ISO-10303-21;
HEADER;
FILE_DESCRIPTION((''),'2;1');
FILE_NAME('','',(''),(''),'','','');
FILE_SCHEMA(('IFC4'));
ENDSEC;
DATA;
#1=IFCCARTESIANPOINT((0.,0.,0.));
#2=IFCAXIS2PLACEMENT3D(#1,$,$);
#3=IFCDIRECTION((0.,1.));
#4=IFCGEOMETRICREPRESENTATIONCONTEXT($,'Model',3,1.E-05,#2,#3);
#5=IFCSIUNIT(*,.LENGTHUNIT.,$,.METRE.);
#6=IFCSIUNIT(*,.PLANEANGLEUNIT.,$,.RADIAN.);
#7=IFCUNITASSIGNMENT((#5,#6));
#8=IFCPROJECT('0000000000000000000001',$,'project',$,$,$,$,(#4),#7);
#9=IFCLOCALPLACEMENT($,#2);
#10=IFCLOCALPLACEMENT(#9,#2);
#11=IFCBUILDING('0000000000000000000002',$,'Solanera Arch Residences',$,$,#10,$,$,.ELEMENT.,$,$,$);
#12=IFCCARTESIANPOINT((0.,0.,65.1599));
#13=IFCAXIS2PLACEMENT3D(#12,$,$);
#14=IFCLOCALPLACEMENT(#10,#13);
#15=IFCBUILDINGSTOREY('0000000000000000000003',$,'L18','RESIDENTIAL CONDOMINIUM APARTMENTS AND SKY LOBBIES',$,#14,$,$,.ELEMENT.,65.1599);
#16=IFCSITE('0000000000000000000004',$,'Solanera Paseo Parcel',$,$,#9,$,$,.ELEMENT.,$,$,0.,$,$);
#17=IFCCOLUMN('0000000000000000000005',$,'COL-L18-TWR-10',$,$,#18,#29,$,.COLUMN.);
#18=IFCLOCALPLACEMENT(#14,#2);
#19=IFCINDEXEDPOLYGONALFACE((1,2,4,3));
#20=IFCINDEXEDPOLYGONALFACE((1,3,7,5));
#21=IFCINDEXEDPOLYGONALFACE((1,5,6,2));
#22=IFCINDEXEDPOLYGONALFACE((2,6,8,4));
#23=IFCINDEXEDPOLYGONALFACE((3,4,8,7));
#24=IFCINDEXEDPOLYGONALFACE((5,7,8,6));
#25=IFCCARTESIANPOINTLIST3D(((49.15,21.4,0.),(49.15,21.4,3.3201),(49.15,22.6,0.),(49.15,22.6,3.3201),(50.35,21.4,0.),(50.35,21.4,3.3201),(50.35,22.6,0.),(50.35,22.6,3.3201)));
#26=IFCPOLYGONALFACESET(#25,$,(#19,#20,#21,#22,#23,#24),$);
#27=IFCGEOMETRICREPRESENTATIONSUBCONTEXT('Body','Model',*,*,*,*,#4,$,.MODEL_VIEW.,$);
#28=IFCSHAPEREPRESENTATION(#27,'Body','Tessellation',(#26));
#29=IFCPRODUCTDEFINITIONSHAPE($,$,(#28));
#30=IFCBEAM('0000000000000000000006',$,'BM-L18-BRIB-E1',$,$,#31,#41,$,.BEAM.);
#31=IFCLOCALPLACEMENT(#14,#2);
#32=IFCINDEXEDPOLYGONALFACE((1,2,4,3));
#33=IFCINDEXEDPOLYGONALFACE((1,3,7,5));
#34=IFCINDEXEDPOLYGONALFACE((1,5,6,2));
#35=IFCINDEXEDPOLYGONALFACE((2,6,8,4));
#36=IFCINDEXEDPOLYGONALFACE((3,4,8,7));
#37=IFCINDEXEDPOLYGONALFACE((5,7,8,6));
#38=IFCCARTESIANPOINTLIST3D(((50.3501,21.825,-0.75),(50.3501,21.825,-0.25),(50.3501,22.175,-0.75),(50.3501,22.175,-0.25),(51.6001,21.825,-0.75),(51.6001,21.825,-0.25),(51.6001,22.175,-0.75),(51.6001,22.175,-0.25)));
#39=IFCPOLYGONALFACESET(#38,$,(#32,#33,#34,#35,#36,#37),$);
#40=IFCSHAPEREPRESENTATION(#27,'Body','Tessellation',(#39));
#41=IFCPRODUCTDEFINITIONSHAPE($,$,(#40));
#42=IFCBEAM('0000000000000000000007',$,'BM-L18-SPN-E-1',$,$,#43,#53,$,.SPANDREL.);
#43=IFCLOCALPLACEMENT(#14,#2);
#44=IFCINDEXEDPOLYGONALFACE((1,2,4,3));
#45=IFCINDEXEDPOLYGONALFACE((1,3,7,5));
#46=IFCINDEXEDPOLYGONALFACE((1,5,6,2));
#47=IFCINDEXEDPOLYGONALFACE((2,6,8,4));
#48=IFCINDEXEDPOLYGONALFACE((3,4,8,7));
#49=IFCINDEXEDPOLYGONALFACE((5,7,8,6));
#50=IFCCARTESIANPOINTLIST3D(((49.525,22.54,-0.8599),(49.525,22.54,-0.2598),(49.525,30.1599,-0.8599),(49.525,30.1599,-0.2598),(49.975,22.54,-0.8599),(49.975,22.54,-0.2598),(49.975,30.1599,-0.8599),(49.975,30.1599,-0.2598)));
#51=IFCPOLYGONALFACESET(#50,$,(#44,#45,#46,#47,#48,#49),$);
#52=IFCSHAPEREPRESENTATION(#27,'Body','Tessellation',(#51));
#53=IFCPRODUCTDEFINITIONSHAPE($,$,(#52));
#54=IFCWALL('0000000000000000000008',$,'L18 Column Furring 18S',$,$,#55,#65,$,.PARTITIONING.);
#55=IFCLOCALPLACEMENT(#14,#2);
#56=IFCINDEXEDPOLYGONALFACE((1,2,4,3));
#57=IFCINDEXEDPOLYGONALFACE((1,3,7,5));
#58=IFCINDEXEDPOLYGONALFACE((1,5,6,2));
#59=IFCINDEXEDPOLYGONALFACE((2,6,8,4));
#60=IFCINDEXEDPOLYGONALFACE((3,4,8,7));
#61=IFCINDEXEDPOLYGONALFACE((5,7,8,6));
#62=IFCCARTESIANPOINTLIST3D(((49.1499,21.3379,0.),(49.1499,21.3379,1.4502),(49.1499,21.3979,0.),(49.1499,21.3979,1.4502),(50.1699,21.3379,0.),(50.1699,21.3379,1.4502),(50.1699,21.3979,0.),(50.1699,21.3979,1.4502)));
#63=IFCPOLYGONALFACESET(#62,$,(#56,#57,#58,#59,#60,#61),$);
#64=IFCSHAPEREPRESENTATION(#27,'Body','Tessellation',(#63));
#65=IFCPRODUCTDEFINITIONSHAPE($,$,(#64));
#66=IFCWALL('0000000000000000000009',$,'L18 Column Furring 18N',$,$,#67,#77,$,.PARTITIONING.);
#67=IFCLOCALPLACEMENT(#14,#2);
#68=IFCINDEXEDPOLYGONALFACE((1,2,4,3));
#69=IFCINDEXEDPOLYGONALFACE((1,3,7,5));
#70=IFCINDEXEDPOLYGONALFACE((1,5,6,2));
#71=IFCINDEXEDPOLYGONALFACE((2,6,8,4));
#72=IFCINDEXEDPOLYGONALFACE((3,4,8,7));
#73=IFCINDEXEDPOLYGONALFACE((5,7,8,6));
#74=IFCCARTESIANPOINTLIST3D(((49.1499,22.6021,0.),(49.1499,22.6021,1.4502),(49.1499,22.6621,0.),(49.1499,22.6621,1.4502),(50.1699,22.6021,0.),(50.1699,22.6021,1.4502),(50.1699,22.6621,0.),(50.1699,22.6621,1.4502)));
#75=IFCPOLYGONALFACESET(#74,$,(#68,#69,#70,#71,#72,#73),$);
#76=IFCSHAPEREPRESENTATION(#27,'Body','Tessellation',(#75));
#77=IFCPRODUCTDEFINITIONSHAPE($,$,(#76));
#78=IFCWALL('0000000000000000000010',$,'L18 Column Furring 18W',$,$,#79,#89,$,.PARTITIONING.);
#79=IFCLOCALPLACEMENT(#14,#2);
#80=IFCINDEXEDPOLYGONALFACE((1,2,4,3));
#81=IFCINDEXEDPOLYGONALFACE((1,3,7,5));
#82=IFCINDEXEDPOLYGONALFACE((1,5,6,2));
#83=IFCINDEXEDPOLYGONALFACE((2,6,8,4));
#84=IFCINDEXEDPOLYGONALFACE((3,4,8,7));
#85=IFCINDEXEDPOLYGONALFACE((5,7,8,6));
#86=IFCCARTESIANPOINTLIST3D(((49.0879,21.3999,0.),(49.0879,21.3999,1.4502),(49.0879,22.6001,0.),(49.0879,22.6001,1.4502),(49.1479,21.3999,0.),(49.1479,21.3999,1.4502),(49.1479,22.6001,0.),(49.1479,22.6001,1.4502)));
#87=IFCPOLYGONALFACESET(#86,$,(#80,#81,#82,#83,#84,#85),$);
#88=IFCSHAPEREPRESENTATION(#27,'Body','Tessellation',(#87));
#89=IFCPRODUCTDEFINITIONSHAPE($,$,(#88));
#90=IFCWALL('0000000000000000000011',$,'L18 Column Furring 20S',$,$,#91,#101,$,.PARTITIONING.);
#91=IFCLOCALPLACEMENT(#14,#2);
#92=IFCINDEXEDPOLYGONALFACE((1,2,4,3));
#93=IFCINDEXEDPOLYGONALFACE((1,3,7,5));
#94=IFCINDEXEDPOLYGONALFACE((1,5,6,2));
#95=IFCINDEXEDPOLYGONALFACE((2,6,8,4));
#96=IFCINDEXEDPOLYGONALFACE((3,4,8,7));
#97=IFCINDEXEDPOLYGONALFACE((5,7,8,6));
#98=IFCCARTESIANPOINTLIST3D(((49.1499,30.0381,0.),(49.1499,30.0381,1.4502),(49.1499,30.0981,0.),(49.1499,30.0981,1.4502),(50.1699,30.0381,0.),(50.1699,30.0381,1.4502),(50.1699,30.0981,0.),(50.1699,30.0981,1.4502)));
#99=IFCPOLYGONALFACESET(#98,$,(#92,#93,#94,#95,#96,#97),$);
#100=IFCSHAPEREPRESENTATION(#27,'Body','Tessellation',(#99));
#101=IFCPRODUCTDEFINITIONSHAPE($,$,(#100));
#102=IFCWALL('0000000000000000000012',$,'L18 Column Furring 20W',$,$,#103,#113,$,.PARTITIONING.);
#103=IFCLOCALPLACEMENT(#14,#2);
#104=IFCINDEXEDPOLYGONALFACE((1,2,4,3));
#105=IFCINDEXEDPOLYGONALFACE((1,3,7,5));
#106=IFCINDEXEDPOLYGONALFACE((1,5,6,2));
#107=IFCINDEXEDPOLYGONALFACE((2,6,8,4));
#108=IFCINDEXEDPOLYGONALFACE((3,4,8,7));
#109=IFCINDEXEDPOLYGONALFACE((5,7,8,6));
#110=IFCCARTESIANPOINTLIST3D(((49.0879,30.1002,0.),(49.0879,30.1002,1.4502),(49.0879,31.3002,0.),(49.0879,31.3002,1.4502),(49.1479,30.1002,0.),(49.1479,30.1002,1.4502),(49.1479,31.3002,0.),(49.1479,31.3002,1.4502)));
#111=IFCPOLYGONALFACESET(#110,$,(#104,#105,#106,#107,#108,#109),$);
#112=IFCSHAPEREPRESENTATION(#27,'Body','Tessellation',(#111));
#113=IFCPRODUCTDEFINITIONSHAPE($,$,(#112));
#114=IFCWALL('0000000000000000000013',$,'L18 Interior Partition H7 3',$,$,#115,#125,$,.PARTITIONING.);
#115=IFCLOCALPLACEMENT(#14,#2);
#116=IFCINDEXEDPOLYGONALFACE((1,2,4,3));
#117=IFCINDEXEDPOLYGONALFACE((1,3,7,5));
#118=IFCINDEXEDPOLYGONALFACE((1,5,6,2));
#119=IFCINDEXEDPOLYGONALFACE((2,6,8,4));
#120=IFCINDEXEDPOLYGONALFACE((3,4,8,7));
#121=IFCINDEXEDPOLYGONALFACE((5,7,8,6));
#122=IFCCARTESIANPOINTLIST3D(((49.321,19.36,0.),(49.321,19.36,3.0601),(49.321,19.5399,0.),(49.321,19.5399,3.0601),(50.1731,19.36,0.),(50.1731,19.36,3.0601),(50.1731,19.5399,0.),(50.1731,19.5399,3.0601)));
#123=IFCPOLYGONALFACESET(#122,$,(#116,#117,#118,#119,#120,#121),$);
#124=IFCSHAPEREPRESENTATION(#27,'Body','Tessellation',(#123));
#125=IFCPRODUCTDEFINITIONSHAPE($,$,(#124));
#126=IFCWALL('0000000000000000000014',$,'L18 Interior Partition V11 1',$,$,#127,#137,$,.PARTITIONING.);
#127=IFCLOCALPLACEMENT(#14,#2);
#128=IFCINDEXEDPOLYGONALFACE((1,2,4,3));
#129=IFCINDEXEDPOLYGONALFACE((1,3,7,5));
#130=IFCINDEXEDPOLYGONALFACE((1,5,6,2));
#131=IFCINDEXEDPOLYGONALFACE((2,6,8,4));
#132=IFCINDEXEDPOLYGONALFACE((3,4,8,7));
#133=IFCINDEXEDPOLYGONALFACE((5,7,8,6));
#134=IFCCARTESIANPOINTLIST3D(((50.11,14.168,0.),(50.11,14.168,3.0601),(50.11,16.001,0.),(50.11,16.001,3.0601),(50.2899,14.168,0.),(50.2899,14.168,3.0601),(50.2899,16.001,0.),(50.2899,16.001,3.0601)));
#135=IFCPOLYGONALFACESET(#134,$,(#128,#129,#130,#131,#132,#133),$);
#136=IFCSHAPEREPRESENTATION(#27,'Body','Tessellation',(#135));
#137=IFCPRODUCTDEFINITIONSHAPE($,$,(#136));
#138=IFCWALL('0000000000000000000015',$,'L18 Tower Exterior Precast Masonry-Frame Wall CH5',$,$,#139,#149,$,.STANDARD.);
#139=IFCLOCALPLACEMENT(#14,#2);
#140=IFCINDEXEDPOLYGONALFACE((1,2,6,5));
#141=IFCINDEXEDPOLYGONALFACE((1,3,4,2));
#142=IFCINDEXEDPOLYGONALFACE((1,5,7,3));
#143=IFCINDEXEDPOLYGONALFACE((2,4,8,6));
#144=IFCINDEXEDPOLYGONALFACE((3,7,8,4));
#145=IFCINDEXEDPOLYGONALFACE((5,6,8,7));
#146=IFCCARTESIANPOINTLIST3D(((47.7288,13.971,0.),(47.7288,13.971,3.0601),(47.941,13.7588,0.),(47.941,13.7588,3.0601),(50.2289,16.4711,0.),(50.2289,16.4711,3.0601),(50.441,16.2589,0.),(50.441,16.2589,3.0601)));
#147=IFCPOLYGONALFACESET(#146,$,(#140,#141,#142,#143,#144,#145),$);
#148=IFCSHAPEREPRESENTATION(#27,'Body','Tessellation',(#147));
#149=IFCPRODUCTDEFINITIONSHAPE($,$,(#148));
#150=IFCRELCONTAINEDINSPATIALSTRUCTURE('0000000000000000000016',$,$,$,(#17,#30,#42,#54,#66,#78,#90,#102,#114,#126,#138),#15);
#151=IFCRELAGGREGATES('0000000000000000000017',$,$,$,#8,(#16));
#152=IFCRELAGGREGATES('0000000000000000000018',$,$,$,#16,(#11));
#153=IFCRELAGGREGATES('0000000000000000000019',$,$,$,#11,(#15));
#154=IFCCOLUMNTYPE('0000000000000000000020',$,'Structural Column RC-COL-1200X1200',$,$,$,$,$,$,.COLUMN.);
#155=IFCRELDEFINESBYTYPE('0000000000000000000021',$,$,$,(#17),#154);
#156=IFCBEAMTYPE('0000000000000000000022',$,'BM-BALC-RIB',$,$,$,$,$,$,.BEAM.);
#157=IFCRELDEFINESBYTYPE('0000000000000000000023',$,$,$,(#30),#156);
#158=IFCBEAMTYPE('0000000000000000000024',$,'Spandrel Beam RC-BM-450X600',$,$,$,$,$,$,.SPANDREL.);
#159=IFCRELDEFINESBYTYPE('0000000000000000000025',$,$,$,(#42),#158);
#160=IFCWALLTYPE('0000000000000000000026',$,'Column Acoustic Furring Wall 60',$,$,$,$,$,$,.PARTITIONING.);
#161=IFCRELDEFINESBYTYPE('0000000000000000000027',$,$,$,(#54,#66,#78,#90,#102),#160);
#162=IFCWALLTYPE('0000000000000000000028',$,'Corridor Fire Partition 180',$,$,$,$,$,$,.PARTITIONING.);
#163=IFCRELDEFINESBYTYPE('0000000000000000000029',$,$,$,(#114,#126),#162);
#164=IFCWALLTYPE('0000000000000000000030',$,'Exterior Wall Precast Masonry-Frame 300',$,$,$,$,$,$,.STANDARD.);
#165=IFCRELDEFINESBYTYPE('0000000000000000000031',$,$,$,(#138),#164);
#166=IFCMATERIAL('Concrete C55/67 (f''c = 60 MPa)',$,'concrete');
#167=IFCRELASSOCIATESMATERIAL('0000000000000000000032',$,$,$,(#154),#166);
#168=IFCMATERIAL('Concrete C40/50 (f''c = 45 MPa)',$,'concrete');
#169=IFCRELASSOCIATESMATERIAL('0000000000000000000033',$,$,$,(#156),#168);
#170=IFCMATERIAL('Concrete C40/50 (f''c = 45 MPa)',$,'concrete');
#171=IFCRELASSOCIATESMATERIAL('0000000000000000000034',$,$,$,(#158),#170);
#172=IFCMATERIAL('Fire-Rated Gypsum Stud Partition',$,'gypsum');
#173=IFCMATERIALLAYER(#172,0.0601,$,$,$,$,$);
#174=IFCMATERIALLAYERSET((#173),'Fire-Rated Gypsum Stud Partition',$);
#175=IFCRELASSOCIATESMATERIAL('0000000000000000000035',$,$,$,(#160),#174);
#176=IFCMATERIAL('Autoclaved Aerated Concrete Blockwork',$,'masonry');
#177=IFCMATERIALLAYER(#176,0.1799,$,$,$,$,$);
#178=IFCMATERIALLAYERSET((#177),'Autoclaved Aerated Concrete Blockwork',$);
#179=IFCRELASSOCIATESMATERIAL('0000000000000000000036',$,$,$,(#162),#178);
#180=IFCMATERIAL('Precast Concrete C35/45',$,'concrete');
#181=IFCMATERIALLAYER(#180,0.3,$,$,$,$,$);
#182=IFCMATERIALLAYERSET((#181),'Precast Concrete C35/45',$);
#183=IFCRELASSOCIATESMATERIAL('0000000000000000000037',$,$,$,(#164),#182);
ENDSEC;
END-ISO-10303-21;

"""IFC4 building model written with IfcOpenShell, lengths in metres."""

from ifc_helpers import new_model, si_unit, direction, frame, frame_2d, origin, origin_2d, place, context, subcontext, project, spatial, rectangle, extrude, material, layer, layer_set, material_profile, profile_set, type_object, element, save


model = new_model("IFC4")

# Units and contexts
model_context = context("Model", 3, precision=1e-05, world=origin(), true_north=direction((0.0, 1.0)))
body_context = subcontext(model_context, "Body", "Model", "MODEL_VIEW")
ifc_project = project(units=[si_unit("LENGTHUNIT", "METRE"), si_unit("PLANEANGLEUNIT", "RADIAN")], contexts=[model_context])

# Site, building, storey
site_placement = place(None, origin())
site = spatial("IfcSite", under=ifc_project, at=site_placement, Name="Solanera Paseo Parcel", CompositionType="ELEMENT", RefElevation=0.0)
building_placement = place(site_placement, origin())
building = spatial("IfcBuilding", under=site, at=building_placement, Name="Solanera Arch Residences", CompositionType="ELEMENT")
storey_placement = place(building_placement, frame((0.0, 0.0, 65.1599)))
storey = spatial("IfcBuildingStorey", under=building, at=storey_placement, Name="L18", Description="RESIDENTIAL CONDOMINIUM APARTMENTS AND SKY LOBBIES", CompositionType="ELEMENT", Elevation=65.1599)

# Column
ifc_material_1 = material(Name="Concrete C55/67 (f'c = 60 MPa)", Category="concrete")
ifc_material_profile_1 = material_profile(ifc_material_1, rectangle(XDim=1.2, YDim=1.2, at=origin_2d()))
ifc_profile_set_1 = profile_set([ifc_material_profile_1], Name="Concrete C55/67 (f'c = 60 MPa)")
column_type = type_object("IfcColumnType", Name="Structural Column RC-COL-1200X1200", PredefinedType="COLUMN", material=ifc_profile_set_1)
column_placement = place(storey_placement, frame((49.75, 22.0, 0.0), z_axis=(0.0, 0.0, 1.0), x_axis=(1.0, 0.0, 0.0)))
element("IfcColumn", 1, at=column_placement, inside=storey, type_object=column_type, Name="COL-L18-TWR-10", PredefinedType="COLUMN", context=body_context, shape_type="SweptSolid", body=[
    extrude(rectangle(XDim=1.2, YDim=1.2, at=origin_2d()), origin(), (0.0, 0.0, 1.0), 3.3201),
])

# Beams
ifc_material_2 = material(Name="Concrete C40/50 (f'c = 45 MPa)", Category="concrete")
ifc_material_profile_2 = material_profile(ifc_material_2, rectangle(XDim=0.3501, YDim=0.5, at=origin_2d()))
ifc_profile_set_2 = profile_set([ifc_material_profile_2], Name="Concrete C40/50 (f'c = 45 MPa)")
beam_type_1 = type_object("IfcBeamType", Name="BM-BALC-RIB", PredefinedType="BEAM", material=ifc_profile_set_2)
beam_1_placement = place(storey_placement, frame((50.3501, 22.0, -0.5), z_axis=(1.0, 0.0, 0.0), x_axis=(0.0, 1.0, 0.0)))
element("IfcBeam", 2, at=beam_1_placement, inside=storey, type_object=beam_type_1, Name="BM-L18-BRIB-E1", PredefinedType="BEAM", context=body_context, shape_type="SweptSolid", body=[
    extrude(rectangle(XDim=0.3501, YDim=0.5, at=origin_2d()), origin(), (0.0, 0.0, 1.0), 1.25),
])
ifc_material_3 = material(Name="Concrete C40/50 (f'c = 45 MPa)", Category="concrete")
ifc_material_profile_3 = material_profile(ifc_material_3, rectangle(XDim=0.45, YDim=0.6001, at=origin_2d()))
ifc_profile_set_3 = profile_set([ifc_material_profile_3], Name="Concrete C40/50 (f'c = 45 MPa)")
beam_type_2 = type_object("IfcBeamType", Name="Spandrel Beam RC-BM-450X600", PredefinedType="SPANDREL", material=ifc_profile_set_3)
beam_2_placement = place(storey_placement, frame((49.75, 22.54, -0.5598), z_axis=(0.0, 1.0, 0.0), x_axis=(-1.0, 0.0, 0.0)))
element("IfcBeam", 3, at=beam_2_placement, inside=storey, type_object=beam_type_2, Name="BM-L18-SPN-E-1", PredefinedType="SPANDREL", context=body_context, shape_type="SweptSolid", body=[
    extrude(rectangle(XDim=0.45, YDim=0.6001, at=origin_2d()), origin(), (0.0, 0.0, 1.0), 7.6199),
])

# Walls
ifc_material_4 = material(Name="Fire-Rated Gypsum Stud Partition", Category="gypsum")
ifc_layer_1 = layer(ifc_material_4, 0.0601)
ifc_layer_set_1 = layer_set([ifc_layer_1], Name="Fire-Rated Gypsum Stud Partition")
wall_type_1 = type_object("IfcWallType", Name="Column Acoustic Furring Wall 60", PredefinedType="PARTITIONING", material=ifc_layer_set_1)
for number, where, z_axis, x_axis, name in (
    (4, (49.1499, 21.3679, 0.0), (0.0, 0.0, 1.0), (1.0, 0.0, 0.0), "L18 Column Furring 18S"),
    (5, (49.1499, 22.6321, 0.0), (0.0, 0.0, 1.0), (1.0, 0.0, 0.0), "L18 Column Furring 18N"),
):
    element("IfcWall", number, at=place(storey_placement, frame(where, z_axis=z_axis, x_axis=x_axis)), inside=storey, type_object=wall_type_1, Name=name, PredefinedType="PARTITIONING", context=body_context, shape_type="SweptSolid", body=[
        extrude(rectangle(XDim=1.02, YDim=0.0601, at=frame_2d((0.51, 0.0))), origin(), (0.0, 0.0, 1.0), 1.4502),
    ])
wall_1_placement = place(storey_placement, frame((49.1179, 21.3999, 0.0), z_axis=(0.0, 0.0, 1.0), x_axis=(0.0, 1.0, 0.0)))
element("IfcWall", 6, at=wall_1_placement, inside=storey, type_object=wall_type_1, Name="L18 Column Furring 18W", PredefinedType="PARTITIONING", context=body_context, shape_type="SweptSolid", body=[
    extrude(rectangle(XDim=1.2002, YDim=0.0601, at=frame_2d((0.6001, 0.0))), origin(), (0.0, 0.0, 1.0), 1.4502),
])
wall_2_placement = place(storey_placement, frame((49.1499, 30.0681, 0.0), z_axis=(0.0, 0.0, 1.0), x_axis=(1.0, 0.0, 0.0)))
element("IfcWall", 7, at=wall_2_placement, inside=storey, type_object=wall_type_1, Name="L18 Column Furring 20S", PredefinedType="PARTITIONING", context=body_context, shape_type="SweptSolid", body=[
    extrude(rectangle(XDim=1.02, YDim=0.0601, at=frame_2d((0.51, 0.0))), origin(), (0.0, 0.0, 1.0), 1.4502),
])
wall_3_placement = place(storey_placement, frame((49.1179, 30.1001, 0.0), z_axis=(0.0, 0.0, 1.0), x_axis=(0.0, 1.0, 0.0)))
element("IfcWall", 8, at=wall_3_placement, inside=storey, type_object=wall_type_1, Name="L18 Column Furring 20W", PredefinedType="PARTITIONING", context=body_context, shape_type="SweptSolid", body=[
    extrude(rectangle(XDim=1.2, YDim=0.0601, at=frame_2d((0.6001, 0.0))), origin(), (0.0, 0.0, 1.0), 1.4502),
])
ifc_material_5 = material(Name="Autoclaved Aerated Concrete Blockwork", Category="masonry")
ifc_layer_2 = layer(ifc_material_5, 0.1799)
ifc_layer_set_2 = layer_set([ifc_layer_2], Name="Autoclaved Aerated Concrete Blockwork")
wall_type_2 = type_object("IfcWallType", Name="Corridor Fire Partition 180", PredefinedType="PARTITIONING", material=ifc_layer_set_2)
wall_4_placement = place(storey_placement, frame((49.321, 19.45, 0.0), z_axis=(0.0, 0.0, 1.0), x_axis=(1.0, 0.0, 0.0)))
element("IfcWall", 9, at=wall_4_placement, inside=storey, type_object=wall_type_2, Name="L18 Interior Partition H7 3", PredefinedType="PARTITIONING", context=body_context, shape_type="SweptSolid", body=[
    extrude(rectangle(XDim=0.8521, YDim=0.1799, at=frame_2d((0.426, 0.0))), origin(), (0.0, 0.0, 1.0), 3.0601),
])
wall_5_placement = place(storey_placement, frame((50.2, 14.168, 0.0), z_axis=(0.0, 0.0, 1.0), x_axis=(0.0, 1.0, 0.0)))
element("IfcWall", 10, at=wall_5_placement, inside=storey, type_object=wall_type_2, Name="L18 Interior Partition V11 1", PredefinedType="PARTITIONING", context=body_context, shape_type="SweptSolid", body=[
    extrude(rectangle(XDim=1.833, YDim=0.1799, at=frame_2d((0.9165, 0.0))), origin(), (0.0, 0.0, 1.0), 3.0601),
])
ifc_material_6 = material(Name="Precast Concrete C35/45", Category="concrete")
ifc_layer_3 = layer(ifc_material_6, 0.3)
ifc_layer_set_3 = layer_set([ifc_layer_3], Name="Precast Concrete C35/45")
wall_type_3 = type_object("IfcWallType", Name="Exterior Wall Precast Masonry-Frame 300", PredefinedType="STANDARD", material=ifc_layer_set_3)
wall_6_placement = place(storey_placement, frame((50.335, 16.365, 0.0), z_axis=(0.0, 0.0, 1.0), x_axis=(-0.707107, -0.707107, 0.0)))
element("IfcWall", 11, at=wall_6_placement, inside=storey, type_object=wall_type_3, Name="L18 Tower Exterior Precast Masonry-Frame Wall CH5", PredefinedType="STANDARD", context=body_context, shape_type="SweptSolid", body=[
    extrude(rectangle(XDim=3.5356, YDim=0.3, at=frame_2d((1.7678, 0.0))), origin(), (0.0, 0.0, 1.0), 3.0601),
])

save(model, "model.ifc")
